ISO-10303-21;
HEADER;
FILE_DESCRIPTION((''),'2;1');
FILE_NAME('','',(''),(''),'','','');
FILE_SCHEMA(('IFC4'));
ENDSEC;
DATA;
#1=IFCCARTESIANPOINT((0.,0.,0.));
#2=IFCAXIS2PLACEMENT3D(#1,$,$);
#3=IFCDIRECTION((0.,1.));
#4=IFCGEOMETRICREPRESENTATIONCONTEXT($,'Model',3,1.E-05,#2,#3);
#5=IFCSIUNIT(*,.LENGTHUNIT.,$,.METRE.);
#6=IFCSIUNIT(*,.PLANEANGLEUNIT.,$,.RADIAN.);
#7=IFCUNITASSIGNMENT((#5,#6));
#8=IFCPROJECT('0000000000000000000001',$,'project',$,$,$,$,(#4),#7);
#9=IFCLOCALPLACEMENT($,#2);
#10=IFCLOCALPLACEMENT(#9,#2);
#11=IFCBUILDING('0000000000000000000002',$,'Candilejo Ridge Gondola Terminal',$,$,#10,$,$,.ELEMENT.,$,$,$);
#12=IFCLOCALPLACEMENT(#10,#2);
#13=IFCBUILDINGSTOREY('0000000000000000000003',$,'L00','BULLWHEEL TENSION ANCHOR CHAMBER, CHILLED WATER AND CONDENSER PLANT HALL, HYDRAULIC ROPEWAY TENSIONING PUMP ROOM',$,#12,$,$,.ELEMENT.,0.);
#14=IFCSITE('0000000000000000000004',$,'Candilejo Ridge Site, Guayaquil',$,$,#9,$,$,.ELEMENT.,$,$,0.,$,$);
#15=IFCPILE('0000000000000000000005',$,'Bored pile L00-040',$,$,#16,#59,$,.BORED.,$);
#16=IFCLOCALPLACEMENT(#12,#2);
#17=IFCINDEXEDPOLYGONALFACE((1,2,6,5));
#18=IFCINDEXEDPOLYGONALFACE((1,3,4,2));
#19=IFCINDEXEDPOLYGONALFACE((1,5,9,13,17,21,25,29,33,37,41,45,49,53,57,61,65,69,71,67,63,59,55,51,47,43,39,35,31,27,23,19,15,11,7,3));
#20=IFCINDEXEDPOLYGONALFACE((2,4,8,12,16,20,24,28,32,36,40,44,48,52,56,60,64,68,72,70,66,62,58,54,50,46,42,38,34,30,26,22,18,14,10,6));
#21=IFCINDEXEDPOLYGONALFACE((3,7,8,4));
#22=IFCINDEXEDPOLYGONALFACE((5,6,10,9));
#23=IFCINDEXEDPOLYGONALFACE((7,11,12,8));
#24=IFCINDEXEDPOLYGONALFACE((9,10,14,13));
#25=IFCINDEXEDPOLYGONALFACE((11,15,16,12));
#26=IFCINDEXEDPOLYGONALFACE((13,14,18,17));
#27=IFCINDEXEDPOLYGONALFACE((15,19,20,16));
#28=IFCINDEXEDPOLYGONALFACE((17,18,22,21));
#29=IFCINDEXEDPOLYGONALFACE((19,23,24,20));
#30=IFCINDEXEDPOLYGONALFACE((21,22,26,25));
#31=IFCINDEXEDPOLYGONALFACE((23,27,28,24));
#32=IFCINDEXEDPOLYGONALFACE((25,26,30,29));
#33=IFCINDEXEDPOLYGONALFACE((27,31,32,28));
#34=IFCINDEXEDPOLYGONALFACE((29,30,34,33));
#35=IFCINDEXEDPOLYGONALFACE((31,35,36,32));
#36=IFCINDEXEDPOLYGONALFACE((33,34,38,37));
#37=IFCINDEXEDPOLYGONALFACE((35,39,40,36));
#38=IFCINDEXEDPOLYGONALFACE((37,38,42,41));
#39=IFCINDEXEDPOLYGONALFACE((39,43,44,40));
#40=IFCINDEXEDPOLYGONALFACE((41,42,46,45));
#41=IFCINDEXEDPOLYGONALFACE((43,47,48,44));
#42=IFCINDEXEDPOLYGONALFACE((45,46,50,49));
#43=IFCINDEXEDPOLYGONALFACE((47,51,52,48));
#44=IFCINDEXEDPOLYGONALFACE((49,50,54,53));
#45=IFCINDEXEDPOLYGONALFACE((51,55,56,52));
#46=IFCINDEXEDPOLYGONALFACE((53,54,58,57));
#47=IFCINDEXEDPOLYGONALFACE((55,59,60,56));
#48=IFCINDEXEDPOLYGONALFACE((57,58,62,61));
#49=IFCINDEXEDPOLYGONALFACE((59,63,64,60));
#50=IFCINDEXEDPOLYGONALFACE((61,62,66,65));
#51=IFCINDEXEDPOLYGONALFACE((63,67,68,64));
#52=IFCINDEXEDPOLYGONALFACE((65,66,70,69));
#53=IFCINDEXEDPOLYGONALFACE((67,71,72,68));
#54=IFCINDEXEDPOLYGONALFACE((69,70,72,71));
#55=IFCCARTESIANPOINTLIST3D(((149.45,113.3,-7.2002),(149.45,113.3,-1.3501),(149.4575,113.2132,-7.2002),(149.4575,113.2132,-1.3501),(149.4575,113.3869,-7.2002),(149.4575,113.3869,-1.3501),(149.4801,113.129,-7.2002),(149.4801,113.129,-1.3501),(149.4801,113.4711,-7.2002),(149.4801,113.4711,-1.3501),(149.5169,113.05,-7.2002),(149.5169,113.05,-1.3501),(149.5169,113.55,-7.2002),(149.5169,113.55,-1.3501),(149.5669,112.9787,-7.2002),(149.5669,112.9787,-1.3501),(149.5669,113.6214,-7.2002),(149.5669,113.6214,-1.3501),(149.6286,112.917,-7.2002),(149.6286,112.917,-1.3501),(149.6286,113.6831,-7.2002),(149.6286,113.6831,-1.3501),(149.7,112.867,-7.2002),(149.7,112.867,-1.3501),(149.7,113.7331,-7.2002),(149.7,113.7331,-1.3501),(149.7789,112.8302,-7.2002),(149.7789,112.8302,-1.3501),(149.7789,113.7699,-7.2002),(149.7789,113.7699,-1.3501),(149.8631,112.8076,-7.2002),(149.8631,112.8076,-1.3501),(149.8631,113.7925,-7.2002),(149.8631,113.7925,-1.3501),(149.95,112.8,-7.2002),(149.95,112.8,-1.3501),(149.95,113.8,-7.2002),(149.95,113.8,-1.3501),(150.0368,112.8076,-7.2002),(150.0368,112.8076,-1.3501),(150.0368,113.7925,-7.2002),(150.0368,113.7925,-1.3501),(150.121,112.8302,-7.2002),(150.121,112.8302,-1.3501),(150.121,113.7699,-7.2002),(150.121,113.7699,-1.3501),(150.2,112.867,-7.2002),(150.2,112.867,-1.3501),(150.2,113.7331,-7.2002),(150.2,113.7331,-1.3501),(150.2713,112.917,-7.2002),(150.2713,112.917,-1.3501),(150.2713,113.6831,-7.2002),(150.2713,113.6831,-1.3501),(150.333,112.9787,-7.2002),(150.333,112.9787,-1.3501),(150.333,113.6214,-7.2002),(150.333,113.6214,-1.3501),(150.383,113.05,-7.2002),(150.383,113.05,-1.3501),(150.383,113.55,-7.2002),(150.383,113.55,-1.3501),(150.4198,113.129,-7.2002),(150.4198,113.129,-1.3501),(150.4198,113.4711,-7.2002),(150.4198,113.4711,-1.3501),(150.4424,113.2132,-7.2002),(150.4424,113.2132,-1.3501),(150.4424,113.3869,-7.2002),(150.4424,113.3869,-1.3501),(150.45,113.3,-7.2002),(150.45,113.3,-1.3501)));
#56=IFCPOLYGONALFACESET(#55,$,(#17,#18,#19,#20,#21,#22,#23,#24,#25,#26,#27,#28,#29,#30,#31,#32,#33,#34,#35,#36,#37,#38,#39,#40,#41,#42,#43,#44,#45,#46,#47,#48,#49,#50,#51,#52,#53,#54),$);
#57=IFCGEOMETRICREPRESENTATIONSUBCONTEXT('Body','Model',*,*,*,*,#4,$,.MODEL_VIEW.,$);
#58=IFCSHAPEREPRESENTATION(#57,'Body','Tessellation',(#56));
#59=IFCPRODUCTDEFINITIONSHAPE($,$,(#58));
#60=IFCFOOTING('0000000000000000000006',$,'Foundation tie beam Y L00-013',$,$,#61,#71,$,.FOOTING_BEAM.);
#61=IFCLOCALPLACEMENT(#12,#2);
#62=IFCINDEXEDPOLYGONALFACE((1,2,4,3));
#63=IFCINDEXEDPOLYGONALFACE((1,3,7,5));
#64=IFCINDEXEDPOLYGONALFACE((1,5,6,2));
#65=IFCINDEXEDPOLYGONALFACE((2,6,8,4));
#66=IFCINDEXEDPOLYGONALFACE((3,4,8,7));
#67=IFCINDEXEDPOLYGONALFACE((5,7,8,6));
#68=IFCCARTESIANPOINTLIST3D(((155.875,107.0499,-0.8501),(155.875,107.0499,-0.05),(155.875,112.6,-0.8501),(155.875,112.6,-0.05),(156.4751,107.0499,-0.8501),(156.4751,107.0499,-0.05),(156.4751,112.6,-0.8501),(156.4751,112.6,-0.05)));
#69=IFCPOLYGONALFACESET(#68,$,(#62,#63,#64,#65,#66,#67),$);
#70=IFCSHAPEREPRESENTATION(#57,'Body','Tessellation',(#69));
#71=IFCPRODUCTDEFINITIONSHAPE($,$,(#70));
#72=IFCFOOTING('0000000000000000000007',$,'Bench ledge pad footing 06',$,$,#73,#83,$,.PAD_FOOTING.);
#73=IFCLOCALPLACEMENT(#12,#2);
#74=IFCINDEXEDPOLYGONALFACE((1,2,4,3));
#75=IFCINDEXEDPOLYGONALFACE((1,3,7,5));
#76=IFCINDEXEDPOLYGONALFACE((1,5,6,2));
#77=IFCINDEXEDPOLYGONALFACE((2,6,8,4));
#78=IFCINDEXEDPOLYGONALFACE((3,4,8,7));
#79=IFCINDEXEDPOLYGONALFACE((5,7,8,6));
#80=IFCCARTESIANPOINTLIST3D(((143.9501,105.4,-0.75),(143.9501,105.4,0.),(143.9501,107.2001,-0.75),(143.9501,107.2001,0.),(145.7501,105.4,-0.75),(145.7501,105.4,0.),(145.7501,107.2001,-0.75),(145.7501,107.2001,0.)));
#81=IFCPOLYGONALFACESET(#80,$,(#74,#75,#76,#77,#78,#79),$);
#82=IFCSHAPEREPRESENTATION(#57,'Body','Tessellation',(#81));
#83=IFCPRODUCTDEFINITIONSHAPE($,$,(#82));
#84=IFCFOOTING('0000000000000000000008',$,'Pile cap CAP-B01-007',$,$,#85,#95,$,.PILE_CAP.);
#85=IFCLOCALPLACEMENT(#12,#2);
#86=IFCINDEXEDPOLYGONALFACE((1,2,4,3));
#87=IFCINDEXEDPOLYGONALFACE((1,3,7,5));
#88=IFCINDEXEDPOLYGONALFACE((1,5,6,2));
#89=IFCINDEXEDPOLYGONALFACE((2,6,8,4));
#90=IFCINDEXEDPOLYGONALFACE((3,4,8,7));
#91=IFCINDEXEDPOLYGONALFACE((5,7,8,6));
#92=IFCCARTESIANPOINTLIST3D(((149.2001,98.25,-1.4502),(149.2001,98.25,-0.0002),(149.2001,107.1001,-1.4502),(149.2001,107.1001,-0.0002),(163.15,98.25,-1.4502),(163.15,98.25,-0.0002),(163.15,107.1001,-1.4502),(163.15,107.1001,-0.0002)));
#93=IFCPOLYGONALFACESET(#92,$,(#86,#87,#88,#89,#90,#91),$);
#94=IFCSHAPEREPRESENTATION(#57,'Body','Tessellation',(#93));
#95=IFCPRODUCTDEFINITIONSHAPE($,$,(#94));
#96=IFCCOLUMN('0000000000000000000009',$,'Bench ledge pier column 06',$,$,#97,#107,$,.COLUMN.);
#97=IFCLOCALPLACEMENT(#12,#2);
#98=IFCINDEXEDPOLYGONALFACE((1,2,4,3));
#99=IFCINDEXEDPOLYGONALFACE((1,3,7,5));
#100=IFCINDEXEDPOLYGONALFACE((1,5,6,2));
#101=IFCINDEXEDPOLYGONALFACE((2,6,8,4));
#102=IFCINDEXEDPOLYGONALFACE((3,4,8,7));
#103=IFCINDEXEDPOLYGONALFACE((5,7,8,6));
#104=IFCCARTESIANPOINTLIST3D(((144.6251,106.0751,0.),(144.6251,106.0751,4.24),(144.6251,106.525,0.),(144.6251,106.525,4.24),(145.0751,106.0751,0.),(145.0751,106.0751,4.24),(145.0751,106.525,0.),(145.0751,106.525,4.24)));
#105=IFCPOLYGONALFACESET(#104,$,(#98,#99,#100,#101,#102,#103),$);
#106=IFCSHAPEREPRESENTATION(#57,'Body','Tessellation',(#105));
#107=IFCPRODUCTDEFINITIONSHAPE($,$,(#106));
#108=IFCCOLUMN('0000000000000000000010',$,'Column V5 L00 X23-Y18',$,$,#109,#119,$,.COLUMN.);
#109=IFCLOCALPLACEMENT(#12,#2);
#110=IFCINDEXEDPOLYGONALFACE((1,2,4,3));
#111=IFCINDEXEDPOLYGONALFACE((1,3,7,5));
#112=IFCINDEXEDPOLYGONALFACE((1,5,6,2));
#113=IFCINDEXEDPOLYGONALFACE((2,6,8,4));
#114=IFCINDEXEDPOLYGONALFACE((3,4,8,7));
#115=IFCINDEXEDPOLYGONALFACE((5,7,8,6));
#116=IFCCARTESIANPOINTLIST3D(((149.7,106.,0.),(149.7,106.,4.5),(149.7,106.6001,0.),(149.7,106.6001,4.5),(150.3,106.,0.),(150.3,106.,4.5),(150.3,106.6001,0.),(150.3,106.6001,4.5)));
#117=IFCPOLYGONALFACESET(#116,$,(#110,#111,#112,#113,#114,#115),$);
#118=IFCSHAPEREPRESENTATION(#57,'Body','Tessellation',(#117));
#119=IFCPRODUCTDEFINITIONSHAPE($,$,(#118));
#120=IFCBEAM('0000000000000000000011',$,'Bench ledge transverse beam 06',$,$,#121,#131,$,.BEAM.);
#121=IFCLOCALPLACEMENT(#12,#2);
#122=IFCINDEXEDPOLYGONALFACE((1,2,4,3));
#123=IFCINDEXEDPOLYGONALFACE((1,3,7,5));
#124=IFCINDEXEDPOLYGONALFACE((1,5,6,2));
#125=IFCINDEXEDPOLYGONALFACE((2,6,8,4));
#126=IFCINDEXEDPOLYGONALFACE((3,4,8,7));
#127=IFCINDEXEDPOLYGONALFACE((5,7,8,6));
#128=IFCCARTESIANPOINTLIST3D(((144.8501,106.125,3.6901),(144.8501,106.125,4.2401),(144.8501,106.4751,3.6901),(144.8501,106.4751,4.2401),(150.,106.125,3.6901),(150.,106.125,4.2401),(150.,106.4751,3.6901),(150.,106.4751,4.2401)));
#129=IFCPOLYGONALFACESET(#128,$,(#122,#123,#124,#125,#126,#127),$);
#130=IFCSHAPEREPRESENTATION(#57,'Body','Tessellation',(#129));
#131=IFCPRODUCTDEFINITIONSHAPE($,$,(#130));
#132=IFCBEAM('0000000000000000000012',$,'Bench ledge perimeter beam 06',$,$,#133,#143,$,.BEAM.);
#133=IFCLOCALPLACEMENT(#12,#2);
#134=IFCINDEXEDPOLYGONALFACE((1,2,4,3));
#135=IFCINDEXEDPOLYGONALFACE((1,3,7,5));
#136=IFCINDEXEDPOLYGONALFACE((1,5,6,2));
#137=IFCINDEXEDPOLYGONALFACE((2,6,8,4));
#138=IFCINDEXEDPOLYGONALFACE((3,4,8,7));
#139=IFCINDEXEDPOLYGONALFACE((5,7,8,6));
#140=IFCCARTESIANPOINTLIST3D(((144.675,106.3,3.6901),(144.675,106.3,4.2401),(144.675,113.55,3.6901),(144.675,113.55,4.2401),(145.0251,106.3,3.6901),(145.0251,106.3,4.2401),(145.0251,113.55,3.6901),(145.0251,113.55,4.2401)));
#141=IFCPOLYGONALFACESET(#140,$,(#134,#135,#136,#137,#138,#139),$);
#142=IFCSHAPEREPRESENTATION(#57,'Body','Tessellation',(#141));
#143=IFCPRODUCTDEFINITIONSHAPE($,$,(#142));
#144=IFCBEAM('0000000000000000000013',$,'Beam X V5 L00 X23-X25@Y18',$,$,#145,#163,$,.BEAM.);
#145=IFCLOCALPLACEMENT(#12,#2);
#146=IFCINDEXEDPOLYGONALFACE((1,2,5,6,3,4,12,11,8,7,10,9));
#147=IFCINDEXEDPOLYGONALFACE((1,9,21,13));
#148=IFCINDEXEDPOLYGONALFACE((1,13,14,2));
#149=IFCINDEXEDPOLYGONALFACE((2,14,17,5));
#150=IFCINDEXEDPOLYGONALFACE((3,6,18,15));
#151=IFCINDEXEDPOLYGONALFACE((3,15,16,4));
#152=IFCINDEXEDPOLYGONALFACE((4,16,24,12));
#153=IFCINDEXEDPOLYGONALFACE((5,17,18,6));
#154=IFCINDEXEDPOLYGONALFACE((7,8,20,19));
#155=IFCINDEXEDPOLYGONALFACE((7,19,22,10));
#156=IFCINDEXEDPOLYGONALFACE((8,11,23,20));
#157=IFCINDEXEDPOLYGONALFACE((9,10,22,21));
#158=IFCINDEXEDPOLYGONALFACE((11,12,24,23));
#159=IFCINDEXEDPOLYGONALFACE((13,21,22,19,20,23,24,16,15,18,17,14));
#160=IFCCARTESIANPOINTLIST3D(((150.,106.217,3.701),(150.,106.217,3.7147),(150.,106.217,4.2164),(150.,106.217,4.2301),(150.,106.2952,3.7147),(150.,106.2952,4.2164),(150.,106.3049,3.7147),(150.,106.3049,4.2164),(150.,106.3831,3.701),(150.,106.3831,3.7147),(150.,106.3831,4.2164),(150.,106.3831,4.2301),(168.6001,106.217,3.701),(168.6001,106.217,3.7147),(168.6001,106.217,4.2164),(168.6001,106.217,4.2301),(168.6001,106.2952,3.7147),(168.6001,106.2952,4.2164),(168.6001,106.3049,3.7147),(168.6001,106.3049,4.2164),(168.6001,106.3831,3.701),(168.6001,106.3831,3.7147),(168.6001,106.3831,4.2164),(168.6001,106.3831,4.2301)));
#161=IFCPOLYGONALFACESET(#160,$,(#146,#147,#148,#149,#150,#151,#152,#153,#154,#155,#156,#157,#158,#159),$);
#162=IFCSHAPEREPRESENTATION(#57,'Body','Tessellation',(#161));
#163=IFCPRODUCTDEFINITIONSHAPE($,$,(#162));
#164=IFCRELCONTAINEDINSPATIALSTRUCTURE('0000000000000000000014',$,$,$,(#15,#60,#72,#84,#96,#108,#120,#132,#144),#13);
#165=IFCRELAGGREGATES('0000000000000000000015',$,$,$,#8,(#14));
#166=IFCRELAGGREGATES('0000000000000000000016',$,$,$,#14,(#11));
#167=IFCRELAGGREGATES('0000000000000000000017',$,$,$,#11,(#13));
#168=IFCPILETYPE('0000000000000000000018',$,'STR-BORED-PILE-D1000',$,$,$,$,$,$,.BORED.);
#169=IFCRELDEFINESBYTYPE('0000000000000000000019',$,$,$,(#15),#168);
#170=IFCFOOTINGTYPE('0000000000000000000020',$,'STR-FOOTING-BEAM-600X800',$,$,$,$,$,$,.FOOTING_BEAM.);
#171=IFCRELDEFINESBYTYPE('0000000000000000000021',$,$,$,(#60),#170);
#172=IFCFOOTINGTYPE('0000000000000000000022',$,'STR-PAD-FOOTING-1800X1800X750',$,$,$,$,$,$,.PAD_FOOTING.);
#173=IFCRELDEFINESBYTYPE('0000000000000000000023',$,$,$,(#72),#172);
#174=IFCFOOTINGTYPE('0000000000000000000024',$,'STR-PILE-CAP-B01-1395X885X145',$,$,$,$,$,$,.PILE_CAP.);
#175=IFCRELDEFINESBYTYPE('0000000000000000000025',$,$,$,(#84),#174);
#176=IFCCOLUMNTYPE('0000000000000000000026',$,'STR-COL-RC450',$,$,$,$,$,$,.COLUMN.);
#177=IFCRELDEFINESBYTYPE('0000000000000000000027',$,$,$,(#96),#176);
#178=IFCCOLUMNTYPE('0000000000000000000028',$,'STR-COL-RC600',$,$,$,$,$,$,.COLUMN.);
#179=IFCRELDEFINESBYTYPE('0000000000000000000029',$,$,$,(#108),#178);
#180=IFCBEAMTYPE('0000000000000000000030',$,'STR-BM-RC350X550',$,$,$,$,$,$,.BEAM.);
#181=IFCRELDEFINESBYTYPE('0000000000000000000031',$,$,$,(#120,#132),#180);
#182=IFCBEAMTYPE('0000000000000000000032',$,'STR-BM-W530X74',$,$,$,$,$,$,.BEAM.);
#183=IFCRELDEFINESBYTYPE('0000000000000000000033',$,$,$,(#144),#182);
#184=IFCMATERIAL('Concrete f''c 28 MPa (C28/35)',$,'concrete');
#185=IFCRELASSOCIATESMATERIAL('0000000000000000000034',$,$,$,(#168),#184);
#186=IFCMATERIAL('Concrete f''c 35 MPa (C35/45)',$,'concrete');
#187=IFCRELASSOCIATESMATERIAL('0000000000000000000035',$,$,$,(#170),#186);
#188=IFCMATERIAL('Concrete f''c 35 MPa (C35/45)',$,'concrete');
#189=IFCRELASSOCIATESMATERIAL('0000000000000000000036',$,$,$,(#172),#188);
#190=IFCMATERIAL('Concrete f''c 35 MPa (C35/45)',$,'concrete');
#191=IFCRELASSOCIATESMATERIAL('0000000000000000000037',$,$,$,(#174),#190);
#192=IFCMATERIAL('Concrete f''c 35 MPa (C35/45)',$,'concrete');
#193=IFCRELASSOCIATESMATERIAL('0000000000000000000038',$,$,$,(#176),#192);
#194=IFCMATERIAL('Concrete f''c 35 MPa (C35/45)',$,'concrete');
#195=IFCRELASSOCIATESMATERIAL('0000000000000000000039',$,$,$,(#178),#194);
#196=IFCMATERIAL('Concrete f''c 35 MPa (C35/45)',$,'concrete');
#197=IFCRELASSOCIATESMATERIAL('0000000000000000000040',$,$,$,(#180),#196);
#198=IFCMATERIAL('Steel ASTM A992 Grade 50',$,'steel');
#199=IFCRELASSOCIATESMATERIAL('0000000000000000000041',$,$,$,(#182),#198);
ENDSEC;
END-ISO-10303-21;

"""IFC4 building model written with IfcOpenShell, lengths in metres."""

from ifc_helpers import new_model, si_unit, direction, frame, origin, origin_2d, place, context, subcontext, project, spatial, rectangle, circle, i_section, extrude, material, material_profile, profile_set, type_object, element, save


model = new_model("IFC4")

# Units and contexts
model_context = context("Model", 3, precision=1e-05, world=origin(), true_north=direction((0.0, 1.0)))
body_context = subcontext(model_context, "Body", "Model", "MODEL_VIEW")
ifc_project = project(units=[si_unit("LENGTHUNIT", "METRE"), si_unit("PLANEANGLEUNIT", "RADIAN")], contexts=[model_context])

# Site, building, storey
site_placement = place(None, origin())
site = spatial("IfcSite", under=ifc_project, at=site_placement, Name="Candilejo Ridge Site, Guayaquil", CompositionType="ELEMENT", RefElevation=0.0)
building_placement = place(site_placement, origin())
building = spatial("IfcBuilding", under=site, at=building_placement, Name="Candilejo Ridge Gondola Terminal", CompositionType="ELEMENT")
storey_placement = place(building_placement, origin())
storey = spatial("IfcBuildingStorey", under=building, at=storey_placement, Name="L00", Description="BULLWHEEL TENSION ANCHOR CHAMBER, CHILLED WATER AND CONDENSER PLANT HALL, HYDRAULIC ROPEWAY TENSIONING PUMP ROOM", CompositionType="ELEMENT", Elevation=0.0)

# Pile
ifc_material_1 = material(Name="Concrete f'c 28 MPa (C28/35)", Category="concrete")
ifc_material_profile_1 = material_profile(ifc_material_1, circle(Radius=0.5, at=origin_2d()))
ifc_profile_set_1 = profile_set([ifc_material_profile_1], Name="Concrete f'c 28 MPa (C28/35)")
pile_type = type_object("IfcPileType", Name="STR-BORED-PILE-D1000", PredefinedType="BORED", material=ifc_profile_set_1)
for number, where, z_axis, x_axis, name in (
    (1, (149.95, 113.3, -1.3501), (0.0, 0.0, -1.0), (1.0, 0.0, 0.0), "Bored pile L00-040"),
):
    element("IfcPile", number, at=place(storey_placement, frame(where, z_axis=z_axis, x_axis=x_axis)), inside=storey, type_object=pile_type, Name=name, PredefinedType="BORED", context=body_context, shape_type="SweptSolid", body=[
        extrude(circle(Radius=0.5, at=origin_2d()), origin(), (0.0, 0.0, 1.0), 5.8501),
    ])

# Footings
ifc_material_2 = material(Name="Concrete f'c 35 MPa (C35/45)", Category="concrete")
footing_type_1 = type_object("IfcFootingType", Name="STR-FOOTING-BEAM-600X800", PredefinedType="FOOTING_BEAM", material=ifc_material_2)
footing_1_placement = place(storey_placement, frame((156.175, 109.825, -0.8501), z_axis=(0.0, 0.0, 1.0), x_axis=(1.0, 0.0, 0.0)))
element("IfcFooting", 2, at=footing_1_placement, inside=storey, type_object=footing_type_1, Name="Foundation tie beam Y L00-013", PredefinedType="FOOTING_BEAM", context=body_context, shape_type="SweptSolid", body=[
    extrude(rectangle(XDim=0.6001, YDim=5.55, at=origin_2d()), origin(), (0.0, 0.0, 1.0), 0.8),
])
ifc_material_3 = material(Name="Concrete f'c 35 MPa (C35/45)", Category="concrete")
footing_type_2 = type_object("IfcFootingType", Name="STR-PAD-FOOTING-1800X1800X750", PredefinedType="PAD_FOOTING", material=ifc_material_3)
footing_2_placement = place(storey_placement, frame((144.8501, 106.3, -0.75), z_axis=(0.0, 0.0, 1.0), x_axis=(1.0, 0.0, 0.0)))
element("IfcFooting", 3, at=footing_2_placement, inside=storey, type_object=footing_type_2, Name="Bench ledge pad footing 06", PredefinedType="PAD_FOOTING", context=body_context, shape_type="SweptSolid", body=[
    extrude(rectangle(XDim=1.8, YDim=1.8, at=origin_2d()), origin(), (0.0, 0.0, 1.0), 0.75),
])
ifc_material_4 = material(Name="Concrete f'c 35 MPa (C35/45)", Category="concrete")
footing_type_3 = type_object("IfcFootingType", Name="STR-PILE-CAP-B01-1395X885X145", PredefinedType="PILE_CAP", material=ifc_material_4)
footing_3_placement = place(storey_placement, frame((156.175, 102.675, -1.4502), z_axis=(0.0, 0.0, 1.0), x_axis=(1.0, 0.0, 0.0)))
element("IfcFooting", 4, at=footing_3_placement, inside=storey, type_object=footing_type_3, Name="Pile cap CAP-B01-007", PredefinedType="PILE_CAP", context=body_context, shape_type="SweptSolid", body=[
    extrude(rectangle(XDim=13.95, YDim=8.8501, at=origin_2d()), origin(), (0.0, 0.0, 1.0), 1.45),
])

# Columns
ifc_material_5 = material(Name="Concrete f'c 35 MPa (C35/45)", Category="concrete")
ifc_material_profile_2 = material_profile(ifc_material_5, rectangle(XDim=0.45, YDim=0.45, at=origin_2d()))
ifc_profile_set_2 = profile_set([ifc_material_profile_2], Name="Concrete f'c 35 MPa (C35/45)")
column_type_1 = type_object("IfcColumnType", Name="STR-COL-RC450", PredefinedType="COLUMN", material=ifc_profile_set_2)
column_1_placement = place(storey_placement, frame((144.8501, 106.3, 0.0), z_axis=(0.0, 0.0, 1.0), x_axis=(1.0, 0.0, 0.0)))
element("IfcColumn", 5, at=column_1_placement, inside=storey, type_object=column_type_1, Name="Bench ledge pier column 06", PredefinedType="COLUMN", context=body_context, shape_type="SweptSolid", body=[
    extrude(rectangle(XDim=0.45, YDim=0.45, at=origin_2d()), origin(), (0.0, 0.0, 1.0), 4.24),
])
ifc_material_6 = material(Name="Concrete f'c 35 MPa (C35/45)", Category="concrete")
ifc_material_profile_3 = material_profile(ifc_material_6, rectangle(XDim=0.6001, YDim=0.6001, at=origin_2d()))
ifc_profile_set_3 = profile_set([ifc_material_profile_3], Name="Concrete f'c 35 MPa (C35/45)")
column_type_2 = type_object("IfcColumnType", Name="STR-COL-RC600", PredefinedType="COLUMN", material=ifc_profile_set_3)
column_2_placement = place(storey_placement, frame((150.0, 106.3, 0.0), z_axis=(0.0, 0.0, 1.0), x_axis=(1.0, 0.0, 0.0)))
element("IfcColumn", 6, at=column_2_placement, inside=storey, type_object=column_type_2, Name="Column V5 L00 X23-Y18", PredefinedType="COLUMN", context=body_context, shape_type="SweptSolid", body=[
    extrude(rectangle(XDim=0.6001, YDim=0.6001, at=origin_2d()), origin(), (0.0, 0.0, 1.0), 4.5),
])

# Beams
ifc_material_7 = material(Name="Concrete f'c 35 MPa (C35/45)", Category="concrete")
ifc_material_profile_4 = material_profile(ifc_material_7, rectangle(XDim=0.3501, YDim=0.55, at=origin_2d()))
ifc_profile_set_4 = profile_set([ifc_material_profile_4], Name="Concrete f'c 35 MPa (C35/45)")
beam_type_1 = type_object("IfcBeamType", Name="STR-BM-RC350X550", PredefinedType="BEAM", material=ifc_profile_set_4)
beam_1_placement = place(storey_placement, frame((144.8501, 106.3, 3.9651), z_axis=(1.0, 0.0, 0.0), x_axis=(0.0, 1.0, 0.0)))
element("IfcBeam", 7, at=beam_1_placement, inside=storey, type_object=beam_type_1, Name="Bench ledge transverse beam 06", PredefinedType="BEAM", context=body_context, shape_type="SweptSolid", body=[
    extrude(rectangle(XDim=0.3501, YDim=0.55, at=origin_2d()), origin(), (0.0, 0.0, 1.0), 5.1499),
])
beam_2_placement = place(storey_placement, frame((144.8501, 106.3, 3.9651), z_axis=(0.0, 1.0, 0.0), x_axis=(-1.0, 0.0, 0.0)))
element("IfcBeam", 8, at=beam_2_placement, inside=storey, type_object=beam_type_1, Name="Bench ledge perimeter beam 06", PredefinedType="BEAM", context=body_context, shape_type="SweptSolid", body=[
    extrude(rectangle(XDim=0.3501, YDim=0.55, at=origin_2d()), origin(), (0.0, 0.0, 1.0), 7.25),
])
ifc_material_8 = material(Name="Steel ASTM A992 Grade 50", Category="steel")
ifc_material_profile_5 = material_profile(ifc_material_8, i_section(OverallWidth=0.166, OverallDepth=0.5291, WebThickness=0.0098, FlangeThickness=0.0137, at=origin_2d()))
ifc_profile_set_5 = profile_set([ifc_material_profile_5], Name="Steel ASTM A992 Grade 50")
beam_type_2 = type_object("IfcBeamType", Name="STR-BM-W530X74", PredefinedType="BEAM", material=ifc_profile_set_5)
beam_3_placement = place(storey_placement, frame((150.0, 106.3, 3.9656), z_axis=(1.0, 0.0, 0.0), x_axis=(0.0, 1.0, 0.0)))
element("IfcBeam", 9, at=beam_3_placement, inside=storey, type_object=beam_type_2, Name="Beam X V5 L00 X23-X25@Y18", PredefinedType="BEAM", context=body_context, shape_type="SweptSolid", body=[
    extrude(i_section(OverallWidth=0.166, OverallDepth=0.5291, WebThickness=0.0098, FlangeThickness=0.0137, at=origin_2d()), origin(), (0.0, 0.0, 1.0), 18.6001),
])

save(model, "model.ifc")
